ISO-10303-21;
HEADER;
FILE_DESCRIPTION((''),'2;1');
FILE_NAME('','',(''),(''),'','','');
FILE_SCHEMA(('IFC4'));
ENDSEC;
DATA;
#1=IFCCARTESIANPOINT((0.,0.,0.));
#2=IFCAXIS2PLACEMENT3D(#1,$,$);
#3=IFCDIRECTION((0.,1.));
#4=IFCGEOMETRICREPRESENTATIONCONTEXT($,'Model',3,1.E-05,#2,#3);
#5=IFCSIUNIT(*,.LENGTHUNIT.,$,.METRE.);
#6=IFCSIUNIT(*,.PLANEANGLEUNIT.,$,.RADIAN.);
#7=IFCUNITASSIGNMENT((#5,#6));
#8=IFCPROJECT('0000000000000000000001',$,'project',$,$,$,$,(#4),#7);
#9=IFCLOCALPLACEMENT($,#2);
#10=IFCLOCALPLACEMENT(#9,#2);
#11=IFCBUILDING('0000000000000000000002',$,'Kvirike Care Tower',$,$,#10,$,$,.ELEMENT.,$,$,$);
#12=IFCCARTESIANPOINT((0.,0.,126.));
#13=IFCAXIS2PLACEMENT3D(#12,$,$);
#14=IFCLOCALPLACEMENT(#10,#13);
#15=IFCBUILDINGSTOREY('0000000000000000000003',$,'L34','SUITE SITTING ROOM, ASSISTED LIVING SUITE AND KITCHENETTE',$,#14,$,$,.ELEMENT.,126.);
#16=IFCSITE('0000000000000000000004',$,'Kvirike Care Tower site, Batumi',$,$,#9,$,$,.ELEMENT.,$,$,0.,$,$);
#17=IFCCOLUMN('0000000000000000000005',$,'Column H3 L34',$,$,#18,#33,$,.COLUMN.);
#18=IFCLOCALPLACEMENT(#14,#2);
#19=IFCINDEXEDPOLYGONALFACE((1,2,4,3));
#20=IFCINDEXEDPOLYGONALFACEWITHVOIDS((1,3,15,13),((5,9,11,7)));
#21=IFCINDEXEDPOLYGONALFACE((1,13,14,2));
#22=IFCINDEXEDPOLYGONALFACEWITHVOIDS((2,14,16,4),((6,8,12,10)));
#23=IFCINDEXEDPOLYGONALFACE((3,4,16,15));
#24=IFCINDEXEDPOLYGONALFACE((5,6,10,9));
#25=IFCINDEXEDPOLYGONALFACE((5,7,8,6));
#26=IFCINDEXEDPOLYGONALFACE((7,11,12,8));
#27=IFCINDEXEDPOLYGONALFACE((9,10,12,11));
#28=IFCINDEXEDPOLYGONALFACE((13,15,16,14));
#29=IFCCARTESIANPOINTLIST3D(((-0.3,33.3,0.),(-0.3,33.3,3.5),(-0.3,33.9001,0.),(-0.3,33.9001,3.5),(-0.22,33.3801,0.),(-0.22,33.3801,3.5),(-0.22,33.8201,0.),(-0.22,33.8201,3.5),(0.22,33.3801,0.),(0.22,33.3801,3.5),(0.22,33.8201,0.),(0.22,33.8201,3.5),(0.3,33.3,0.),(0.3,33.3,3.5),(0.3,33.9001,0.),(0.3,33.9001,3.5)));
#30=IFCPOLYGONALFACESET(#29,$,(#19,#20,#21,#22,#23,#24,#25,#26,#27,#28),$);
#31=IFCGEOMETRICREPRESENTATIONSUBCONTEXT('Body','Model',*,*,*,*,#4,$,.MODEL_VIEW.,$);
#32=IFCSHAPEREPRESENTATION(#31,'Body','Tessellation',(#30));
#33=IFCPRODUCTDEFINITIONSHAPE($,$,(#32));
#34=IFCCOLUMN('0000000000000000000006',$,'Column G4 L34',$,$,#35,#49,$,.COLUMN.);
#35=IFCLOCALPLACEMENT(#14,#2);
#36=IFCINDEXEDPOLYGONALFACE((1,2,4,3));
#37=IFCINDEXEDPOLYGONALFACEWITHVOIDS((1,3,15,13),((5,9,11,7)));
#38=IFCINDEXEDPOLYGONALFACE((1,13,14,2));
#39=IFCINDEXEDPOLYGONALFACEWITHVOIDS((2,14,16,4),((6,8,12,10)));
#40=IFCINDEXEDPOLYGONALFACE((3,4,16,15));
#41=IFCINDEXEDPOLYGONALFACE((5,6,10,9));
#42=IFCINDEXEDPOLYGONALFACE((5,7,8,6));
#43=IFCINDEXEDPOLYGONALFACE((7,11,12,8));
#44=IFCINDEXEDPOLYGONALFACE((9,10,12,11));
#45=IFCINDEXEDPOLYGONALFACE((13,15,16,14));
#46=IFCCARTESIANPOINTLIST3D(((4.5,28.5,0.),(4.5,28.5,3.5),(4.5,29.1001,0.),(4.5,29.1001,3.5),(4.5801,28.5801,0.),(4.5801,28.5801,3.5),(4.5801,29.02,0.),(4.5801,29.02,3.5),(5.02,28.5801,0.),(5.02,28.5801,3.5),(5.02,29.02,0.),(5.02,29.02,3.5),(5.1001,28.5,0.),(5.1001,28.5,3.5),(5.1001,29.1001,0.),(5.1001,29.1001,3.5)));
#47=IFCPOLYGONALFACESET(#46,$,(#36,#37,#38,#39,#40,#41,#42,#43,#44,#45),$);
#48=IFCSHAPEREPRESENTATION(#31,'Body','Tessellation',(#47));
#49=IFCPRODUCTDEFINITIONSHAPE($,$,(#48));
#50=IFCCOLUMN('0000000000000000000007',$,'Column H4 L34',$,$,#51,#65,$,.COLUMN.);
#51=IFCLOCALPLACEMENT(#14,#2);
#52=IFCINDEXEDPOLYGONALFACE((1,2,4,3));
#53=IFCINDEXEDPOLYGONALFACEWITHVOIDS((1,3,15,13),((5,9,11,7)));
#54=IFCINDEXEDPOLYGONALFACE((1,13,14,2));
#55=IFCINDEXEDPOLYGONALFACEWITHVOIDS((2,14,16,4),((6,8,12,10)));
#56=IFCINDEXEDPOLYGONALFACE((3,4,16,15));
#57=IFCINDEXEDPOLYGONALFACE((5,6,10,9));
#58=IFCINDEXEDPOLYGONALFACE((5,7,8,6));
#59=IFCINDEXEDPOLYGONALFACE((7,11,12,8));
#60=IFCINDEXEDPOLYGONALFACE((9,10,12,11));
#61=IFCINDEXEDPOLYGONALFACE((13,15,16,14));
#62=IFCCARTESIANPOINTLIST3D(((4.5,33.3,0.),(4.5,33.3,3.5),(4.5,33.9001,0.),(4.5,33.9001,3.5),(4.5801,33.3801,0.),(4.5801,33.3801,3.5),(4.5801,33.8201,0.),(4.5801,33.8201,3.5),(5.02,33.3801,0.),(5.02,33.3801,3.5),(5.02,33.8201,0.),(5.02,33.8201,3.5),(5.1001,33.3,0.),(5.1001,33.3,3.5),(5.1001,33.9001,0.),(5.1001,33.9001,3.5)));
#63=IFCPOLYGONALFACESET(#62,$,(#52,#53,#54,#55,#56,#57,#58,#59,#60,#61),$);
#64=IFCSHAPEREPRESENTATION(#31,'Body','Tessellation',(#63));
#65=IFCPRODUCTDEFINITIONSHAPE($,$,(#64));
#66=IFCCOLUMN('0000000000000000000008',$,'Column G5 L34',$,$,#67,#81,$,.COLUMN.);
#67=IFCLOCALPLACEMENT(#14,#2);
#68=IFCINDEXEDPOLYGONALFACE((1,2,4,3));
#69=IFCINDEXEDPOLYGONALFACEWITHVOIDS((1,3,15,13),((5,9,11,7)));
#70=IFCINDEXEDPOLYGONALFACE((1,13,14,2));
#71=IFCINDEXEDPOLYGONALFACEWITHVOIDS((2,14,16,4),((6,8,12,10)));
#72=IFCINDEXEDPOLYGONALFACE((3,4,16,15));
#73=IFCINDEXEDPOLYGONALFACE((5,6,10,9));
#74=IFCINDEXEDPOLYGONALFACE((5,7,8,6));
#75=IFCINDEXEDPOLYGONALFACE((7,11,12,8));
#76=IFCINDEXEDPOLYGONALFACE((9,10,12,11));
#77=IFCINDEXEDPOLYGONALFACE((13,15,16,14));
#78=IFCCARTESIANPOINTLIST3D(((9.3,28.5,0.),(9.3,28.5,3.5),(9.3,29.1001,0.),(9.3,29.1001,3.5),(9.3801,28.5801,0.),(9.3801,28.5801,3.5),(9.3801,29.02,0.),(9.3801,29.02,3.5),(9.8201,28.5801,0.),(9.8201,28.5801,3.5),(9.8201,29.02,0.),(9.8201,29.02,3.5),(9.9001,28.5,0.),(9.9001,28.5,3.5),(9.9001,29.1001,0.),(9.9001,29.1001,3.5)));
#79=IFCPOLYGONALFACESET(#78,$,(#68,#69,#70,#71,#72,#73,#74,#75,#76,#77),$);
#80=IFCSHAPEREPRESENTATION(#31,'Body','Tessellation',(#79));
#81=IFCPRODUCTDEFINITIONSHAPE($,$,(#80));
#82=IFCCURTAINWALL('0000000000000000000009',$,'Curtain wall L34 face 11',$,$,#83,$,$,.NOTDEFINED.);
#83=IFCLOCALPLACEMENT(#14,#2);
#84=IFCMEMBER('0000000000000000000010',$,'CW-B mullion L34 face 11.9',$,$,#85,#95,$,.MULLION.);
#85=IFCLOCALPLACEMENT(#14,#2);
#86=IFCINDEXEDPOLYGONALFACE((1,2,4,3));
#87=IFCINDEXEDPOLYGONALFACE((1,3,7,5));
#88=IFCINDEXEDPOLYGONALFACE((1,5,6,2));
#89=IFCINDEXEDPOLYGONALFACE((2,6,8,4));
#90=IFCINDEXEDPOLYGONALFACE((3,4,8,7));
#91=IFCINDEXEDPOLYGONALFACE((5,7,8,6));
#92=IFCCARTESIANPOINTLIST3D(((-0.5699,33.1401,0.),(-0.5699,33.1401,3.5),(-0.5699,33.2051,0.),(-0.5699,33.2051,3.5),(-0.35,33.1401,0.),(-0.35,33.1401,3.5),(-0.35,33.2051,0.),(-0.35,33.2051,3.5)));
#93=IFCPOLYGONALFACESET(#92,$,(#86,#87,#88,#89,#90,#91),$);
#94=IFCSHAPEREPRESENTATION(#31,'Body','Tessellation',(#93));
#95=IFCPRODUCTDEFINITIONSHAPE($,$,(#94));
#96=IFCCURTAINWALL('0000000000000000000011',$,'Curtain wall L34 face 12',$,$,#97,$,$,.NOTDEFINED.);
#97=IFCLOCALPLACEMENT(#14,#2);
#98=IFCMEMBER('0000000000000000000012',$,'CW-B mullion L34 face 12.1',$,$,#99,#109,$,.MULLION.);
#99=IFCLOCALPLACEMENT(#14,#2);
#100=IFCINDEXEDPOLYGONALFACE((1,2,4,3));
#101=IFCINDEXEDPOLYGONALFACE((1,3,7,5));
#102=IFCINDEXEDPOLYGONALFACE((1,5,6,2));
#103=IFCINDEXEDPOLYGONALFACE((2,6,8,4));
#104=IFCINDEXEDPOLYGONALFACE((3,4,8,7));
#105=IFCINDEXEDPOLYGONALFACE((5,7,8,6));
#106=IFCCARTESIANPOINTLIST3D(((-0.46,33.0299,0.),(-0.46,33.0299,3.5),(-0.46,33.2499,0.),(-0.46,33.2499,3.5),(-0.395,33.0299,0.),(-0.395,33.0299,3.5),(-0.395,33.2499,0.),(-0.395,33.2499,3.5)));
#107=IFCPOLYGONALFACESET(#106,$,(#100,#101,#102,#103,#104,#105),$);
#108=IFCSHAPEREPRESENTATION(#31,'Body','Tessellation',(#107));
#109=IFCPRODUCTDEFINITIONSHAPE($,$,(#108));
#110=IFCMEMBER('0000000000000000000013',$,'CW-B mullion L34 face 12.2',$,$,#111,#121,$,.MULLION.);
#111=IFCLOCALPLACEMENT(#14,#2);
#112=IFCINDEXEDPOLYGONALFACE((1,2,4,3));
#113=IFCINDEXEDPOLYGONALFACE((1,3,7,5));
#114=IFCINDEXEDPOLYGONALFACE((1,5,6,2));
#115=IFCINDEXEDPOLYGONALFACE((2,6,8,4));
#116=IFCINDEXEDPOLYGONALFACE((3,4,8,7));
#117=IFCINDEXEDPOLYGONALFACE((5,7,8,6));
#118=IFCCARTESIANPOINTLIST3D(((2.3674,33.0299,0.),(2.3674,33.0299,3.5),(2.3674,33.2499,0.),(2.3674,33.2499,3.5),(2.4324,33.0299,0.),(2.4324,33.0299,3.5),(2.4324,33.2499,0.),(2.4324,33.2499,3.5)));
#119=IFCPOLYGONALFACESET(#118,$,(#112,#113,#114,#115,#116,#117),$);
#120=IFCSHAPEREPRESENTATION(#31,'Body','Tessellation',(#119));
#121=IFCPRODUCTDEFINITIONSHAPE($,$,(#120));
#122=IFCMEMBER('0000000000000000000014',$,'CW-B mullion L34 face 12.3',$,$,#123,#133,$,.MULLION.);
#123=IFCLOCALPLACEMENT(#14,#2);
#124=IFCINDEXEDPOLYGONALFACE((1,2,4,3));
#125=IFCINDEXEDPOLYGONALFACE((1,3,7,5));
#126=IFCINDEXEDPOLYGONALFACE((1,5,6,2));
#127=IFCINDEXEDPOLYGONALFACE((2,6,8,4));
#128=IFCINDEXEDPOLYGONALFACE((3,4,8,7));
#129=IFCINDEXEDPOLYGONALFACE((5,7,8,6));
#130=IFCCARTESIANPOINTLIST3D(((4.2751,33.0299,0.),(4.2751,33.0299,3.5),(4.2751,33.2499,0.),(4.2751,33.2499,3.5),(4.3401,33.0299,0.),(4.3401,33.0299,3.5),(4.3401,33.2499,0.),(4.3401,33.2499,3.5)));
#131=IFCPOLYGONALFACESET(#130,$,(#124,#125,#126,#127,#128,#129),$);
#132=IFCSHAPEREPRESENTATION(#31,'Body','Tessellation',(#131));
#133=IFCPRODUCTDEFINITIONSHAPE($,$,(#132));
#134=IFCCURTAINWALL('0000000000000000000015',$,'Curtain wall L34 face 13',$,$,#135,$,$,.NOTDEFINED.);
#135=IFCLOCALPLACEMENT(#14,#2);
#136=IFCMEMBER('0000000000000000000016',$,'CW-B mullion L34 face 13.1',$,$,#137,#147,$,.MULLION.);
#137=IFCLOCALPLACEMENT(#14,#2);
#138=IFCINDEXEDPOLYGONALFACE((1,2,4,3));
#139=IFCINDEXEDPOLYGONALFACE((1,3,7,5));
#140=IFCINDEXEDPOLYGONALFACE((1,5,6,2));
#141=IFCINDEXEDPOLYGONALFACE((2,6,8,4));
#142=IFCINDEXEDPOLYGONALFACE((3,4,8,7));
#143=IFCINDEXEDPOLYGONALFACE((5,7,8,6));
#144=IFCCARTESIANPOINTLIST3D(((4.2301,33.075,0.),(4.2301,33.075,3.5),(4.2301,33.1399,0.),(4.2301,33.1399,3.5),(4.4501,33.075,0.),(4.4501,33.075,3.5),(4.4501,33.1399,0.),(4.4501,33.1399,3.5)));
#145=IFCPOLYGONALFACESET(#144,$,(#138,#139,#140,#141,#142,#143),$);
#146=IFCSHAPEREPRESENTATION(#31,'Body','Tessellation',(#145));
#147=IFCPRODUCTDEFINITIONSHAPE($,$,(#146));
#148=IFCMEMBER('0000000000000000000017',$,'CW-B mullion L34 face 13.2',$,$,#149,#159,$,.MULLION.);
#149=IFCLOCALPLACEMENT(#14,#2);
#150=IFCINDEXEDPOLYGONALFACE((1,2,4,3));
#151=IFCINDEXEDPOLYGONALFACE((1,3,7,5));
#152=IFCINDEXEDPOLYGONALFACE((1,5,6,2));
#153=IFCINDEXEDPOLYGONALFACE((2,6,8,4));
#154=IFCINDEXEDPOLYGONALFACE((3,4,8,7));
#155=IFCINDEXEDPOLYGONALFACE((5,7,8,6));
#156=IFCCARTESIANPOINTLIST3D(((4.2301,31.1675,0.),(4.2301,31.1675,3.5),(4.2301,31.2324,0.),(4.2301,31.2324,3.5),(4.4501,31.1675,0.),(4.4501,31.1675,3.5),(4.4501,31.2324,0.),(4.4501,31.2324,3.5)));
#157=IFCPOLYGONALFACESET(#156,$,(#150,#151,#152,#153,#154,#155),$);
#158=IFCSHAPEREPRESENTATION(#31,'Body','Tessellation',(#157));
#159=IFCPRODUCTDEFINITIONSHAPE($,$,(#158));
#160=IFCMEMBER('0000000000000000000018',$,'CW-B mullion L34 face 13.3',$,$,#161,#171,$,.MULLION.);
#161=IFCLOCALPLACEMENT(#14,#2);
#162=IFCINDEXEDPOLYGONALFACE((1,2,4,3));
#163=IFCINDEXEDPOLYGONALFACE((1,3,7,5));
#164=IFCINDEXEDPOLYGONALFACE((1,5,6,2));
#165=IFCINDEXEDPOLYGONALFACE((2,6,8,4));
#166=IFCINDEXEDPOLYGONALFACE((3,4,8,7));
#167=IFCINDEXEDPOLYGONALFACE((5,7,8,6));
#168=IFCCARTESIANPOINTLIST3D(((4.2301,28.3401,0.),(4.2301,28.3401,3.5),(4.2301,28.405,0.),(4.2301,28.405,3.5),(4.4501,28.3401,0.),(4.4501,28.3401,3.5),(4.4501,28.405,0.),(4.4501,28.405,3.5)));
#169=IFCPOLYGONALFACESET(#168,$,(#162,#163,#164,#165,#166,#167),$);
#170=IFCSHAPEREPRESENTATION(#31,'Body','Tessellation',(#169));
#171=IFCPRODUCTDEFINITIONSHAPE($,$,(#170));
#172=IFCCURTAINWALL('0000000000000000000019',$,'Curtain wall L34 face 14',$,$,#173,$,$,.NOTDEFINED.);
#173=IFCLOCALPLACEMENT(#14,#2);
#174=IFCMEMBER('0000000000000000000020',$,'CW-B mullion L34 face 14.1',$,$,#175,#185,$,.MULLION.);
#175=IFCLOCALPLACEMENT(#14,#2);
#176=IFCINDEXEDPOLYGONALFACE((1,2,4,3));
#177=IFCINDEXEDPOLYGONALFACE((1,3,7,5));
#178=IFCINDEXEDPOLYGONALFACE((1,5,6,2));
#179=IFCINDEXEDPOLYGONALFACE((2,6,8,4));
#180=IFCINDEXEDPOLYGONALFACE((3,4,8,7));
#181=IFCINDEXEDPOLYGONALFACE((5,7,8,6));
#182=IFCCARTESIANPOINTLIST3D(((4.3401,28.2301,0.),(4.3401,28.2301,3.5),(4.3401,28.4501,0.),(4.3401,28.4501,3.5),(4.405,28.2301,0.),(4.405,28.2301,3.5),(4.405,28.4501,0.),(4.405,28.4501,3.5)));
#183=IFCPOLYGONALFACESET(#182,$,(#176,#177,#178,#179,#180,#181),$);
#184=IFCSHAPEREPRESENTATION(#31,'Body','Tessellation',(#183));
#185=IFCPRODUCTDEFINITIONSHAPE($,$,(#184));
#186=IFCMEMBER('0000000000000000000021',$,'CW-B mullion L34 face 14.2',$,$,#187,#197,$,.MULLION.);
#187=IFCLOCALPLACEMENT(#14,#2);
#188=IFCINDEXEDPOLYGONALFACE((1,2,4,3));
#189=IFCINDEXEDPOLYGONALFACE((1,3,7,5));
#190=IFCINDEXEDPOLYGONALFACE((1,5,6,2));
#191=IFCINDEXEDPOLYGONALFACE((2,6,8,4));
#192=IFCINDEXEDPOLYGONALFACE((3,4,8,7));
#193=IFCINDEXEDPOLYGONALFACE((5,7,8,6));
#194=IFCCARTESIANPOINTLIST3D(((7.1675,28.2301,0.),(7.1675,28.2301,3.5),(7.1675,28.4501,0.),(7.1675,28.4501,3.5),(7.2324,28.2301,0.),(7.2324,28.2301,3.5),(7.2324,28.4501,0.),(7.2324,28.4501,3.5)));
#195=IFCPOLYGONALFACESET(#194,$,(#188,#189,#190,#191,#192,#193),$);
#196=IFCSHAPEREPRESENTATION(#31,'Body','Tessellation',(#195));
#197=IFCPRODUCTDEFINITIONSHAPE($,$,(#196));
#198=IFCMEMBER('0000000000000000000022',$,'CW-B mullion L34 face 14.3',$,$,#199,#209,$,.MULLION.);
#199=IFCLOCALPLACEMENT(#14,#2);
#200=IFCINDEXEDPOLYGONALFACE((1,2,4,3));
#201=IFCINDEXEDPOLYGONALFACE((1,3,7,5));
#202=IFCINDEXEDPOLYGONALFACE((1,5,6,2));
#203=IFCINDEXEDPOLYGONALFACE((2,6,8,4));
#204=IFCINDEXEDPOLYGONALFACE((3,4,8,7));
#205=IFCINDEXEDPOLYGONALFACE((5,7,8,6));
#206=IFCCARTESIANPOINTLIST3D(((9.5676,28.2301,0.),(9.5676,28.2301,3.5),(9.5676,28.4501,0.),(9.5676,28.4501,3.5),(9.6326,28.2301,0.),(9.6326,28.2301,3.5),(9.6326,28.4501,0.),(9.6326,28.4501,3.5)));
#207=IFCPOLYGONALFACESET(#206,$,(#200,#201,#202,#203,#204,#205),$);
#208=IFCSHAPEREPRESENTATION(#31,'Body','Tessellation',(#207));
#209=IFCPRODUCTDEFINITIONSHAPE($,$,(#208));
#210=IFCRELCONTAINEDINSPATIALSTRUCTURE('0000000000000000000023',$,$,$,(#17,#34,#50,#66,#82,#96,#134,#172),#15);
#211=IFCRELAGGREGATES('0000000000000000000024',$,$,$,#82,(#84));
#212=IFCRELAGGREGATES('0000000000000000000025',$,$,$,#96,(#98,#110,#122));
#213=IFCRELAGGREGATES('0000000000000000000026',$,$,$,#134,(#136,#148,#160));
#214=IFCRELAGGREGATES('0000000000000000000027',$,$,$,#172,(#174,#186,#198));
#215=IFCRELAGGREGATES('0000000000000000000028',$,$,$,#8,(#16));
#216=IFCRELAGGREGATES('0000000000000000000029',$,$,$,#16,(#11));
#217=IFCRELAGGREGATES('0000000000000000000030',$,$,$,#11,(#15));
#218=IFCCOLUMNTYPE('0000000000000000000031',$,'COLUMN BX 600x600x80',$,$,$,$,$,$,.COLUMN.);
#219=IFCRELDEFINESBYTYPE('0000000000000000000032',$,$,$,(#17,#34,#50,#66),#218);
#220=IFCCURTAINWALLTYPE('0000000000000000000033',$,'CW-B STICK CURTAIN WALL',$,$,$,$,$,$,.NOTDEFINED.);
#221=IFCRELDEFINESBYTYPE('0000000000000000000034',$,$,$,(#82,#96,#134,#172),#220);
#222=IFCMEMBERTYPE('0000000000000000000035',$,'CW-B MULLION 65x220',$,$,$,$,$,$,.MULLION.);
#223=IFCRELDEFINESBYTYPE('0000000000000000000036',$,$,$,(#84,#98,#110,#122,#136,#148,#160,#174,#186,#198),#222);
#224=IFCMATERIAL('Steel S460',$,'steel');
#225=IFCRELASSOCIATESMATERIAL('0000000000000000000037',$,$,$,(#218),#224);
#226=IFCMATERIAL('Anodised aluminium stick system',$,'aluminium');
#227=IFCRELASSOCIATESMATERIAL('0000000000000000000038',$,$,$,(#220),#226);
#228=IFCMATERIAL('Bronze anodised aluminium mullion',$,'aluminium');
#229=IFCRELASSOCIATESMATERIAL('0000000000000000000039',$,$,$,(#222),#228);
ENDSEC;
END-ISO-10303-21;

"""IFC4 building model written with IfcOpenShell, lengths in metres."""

from ifc_helpers import new_model, si_unit, direction, frame, origin, origin_2d, place, context, subcontext, project, spatial, rectangle, hollow_rectangle, extrude, material, material_profile, profile_set, type_object, element, aggregate, save


model = new_model("IFC4")

# Units and contexts
model_context = context("Model", 3, precision=1e-05, world=origin(), true_north=direction((0.0, 1.0)))
body_context = subcontext(model_context, "Body", "Model", "MODEL_VIEW")
ifc_project = project(units=[si_unit("LENGTHUNIT", "METRE"), si_unit("PLANEANGLEUNIT", "RADIAN")], contexts=[model_context])

# Site, building, storey
site_placement = place(None, origin())
site = spatial("IfcSite", under=ifc_project, at=site_placement, Name="Kvirike Care Tower site, Batumi", CompositionType="ELEMENT", RefElevation=0.0)
building_placement = place(site_placement, origin())
building = spatial("IfcBuilding", under=site, at=building_placement, Name="Kvirike Care Tower", CompositionType="ELEMENT")
storey_placement = place(building_placement, frame((0.0, 0.0, 126.0)))
storey = spatial("IfcBuildingStorey", under=building, at=storey_placement, Name="L34", Description="SUITE SITTING ROOM, ASSISTED LIVING SUITE AND KITCHENETTE", CompositionType="ELEMENT", Elevation=126.0)

# Columns
ifc_material_1 = material(Name="Steel S460", Category="steel")
ifc_material_profile_1 = material_profile(ifc_material_1, hollow_rectangle(XDim=0.6001, YDim=0.6001, WallThickness=0.0801, at=origin_2d()), Name="BX 600x600x80")
ifc_profile_set_1 = profile_set([ifc_material_profile_1], Name="Steel S460")
column_type = type_object("IfcColumnType", Name="COLUMN BX 600x600x80", PredefinedType="COLUMN", material=ifc_profile_set_1)
for number, where, z_axis, x_axis, name in (
    (1, (0.0, 33.6001, 0.0), (0.0, 0.0, 1.0), (0.0, 1.0, 0.0), "Column H3 L34"),
    (2, (4.8, 28.8, 0.0), (0.0, 0.0, 1.0), (0.0, 1.0, 0.0), "Column G4 L34"),
    (3, (4.8, 33.6001, 0.0), (0.0, 0.0, 1.0), (0.0, 1.0, 0.0), "Column H4 L34"),
    (4, (9.6001, 28.8, 0.0), (0.0, 0.0, 1.0), (0.0, 1.0, 0.0), "Column G5 L34"),
):
    element("IfcColumn", number, at=place(storey_placement, frame(where, z_axis=z_axis, x_axis=x_axis)), inside=storey, type_object=column_type, Name=name, PredefinedType="COLUMN", context=body_context, shape_type="SweptSolid", body=[
        extrude(hollow_rectangle(XDim=0.6001, YDim=0.6001, WallThickness=0.0801, at=origin_2d()), origin(), (0.0, 0.0, 1.0), 3.5),
    ])

# Curtain wall, member
ifc_material_2 = material(Name="Anodised aluminium stick system", Category="aluminium")
curtain_wall_type = type_object("IfcCurtainWallType", Name="CW-B STICK CURTAIN WALL", PredefinedType="NOTDEFINED", material=ifc_material_2)
curtain_wall_1_placement = place(storey_placement, origin())
curtain_wall_1 = element("IfcCurtainWall", 5, at=curtain_wall_1_placement, inside=storey, type_object=curtain_wall_type, Name="Curtain wall L34 face 11", PredefinedType="NOTDEFINED")
ifc_material_3 = material(Name="Bronze anodised aluminium mullion", Category="aluminium")
ifc_material_profile_2 = material_profile(ifc_material_3, rectangle(XDim=0.0649, YDim=0.22, at=origin_2d()), Name="CW-B MULLION 65x220")
ifc_profile_set_2 = profile_set([ifc_material_profile_2], Name="Bronze anodised aluminium mullion")
member_type_1 = type_object("IfcMemberType", Name="CW-B MULLION 65x220", PredefinedType="MULLION", material=ifc_profile_set_2)
member_1_placement = place(storey_placement, frame((-0.46, 33.1726, 0.0), z_axis=(0.0, 0.0, 1.0), x_axis=(0.0, -1.0, 0.0)))
member_1 = element("IfcMember", 6, at=member_1_placement, type_object=member_type_1, Name="CW-B mullion L34 face 11.9", PredefinedType="MULLION", context=body_context, shape_type="SweptSolid", body=[
    extrude(rectangle(XDim=0.0649, YDim=0.22, at=origin_2d()), origin(), (0.0, 0.0, 1.0), 3.5),
])
aggregate(curtain_wall_1, [member_1])

# Curtain walls, members
curtain_wall_2_placement = place(storey_placement, origin())
curtain_wall_2 = element("IfcCurtainWall", 7, at=curtain_wall_2_placement, inside=storey, type_object=curtain_wall_type, Name="Curtain wall L34 face 12", PredefinedType="NOTDEFINED")
member_2_placement = place(storey_placement, frame((-0.4275, 33.1399, 0.0), z_axis=(0.0, 0.0, 1.0), x_axis=(1.0, 0.0, 0.0)))
member_2 = element("IfcMember", 8, at=member_2_placement, type_object=member_type_1, Name="CW-B mullion L34 face 12.1", PredefinedType="MULLION", context=body_context, shape_type="SweptSolid", body=[
    extrude(rectangle(XDim=0.0649, YDim=0.22, at=origin_2d()), origin(), (0.0, 0.0, 1.0), 3.5),
])
member_3_placement = place(storey_placement, frame((2.3999, 33.1399, 0.0), z_axis=(0.0, 0.0, 1.0), x_axis=(1.0, 0.0, 0.0)))
member_3 = element("IfcMember", 9, at=member_3_placement, type_object=member_type_1, Name="CW-B mullion L34 face 12.2", PredefinedType="MULLION", context=body_context, shape_type="SweptSolid", body=[
    extrude(rectangle(XDim=0.0649, YDim=0.22, at=origin_2d()), origin(), (0.0, 0.0, 1.0), 3.5),
])
member_4_placement = place(storey_placement, frame((4.3076, 33.1399, 0.0), z_axis=(0.0, 0.0, 1.0), x_axis=(1.0, 0.0, 0.0)))
member_4 = element("IfcMember", 10, at=member_4_placement, type_object=member_type_1, Name="CW-B mullion L34 face 12.3", PredefinedType="MULLION", context=body_context, shape_type="SweptSolid", body=[
    extrude(rectangle(XDim=0.0649, YDim=0.22, at=origin_2d()), origin(), (0.0, 0.0, 1.0), 3.5),
])
curtain_wall_3_placement = place(storey_placement, origin())
curtain_wall_3 = element("IfcCurtainWall", 11, at=curtain_wall_3_placement, inside=storey, type_object=curtain_wall_type, Name="Curtain wall L34 face 13", PredefinedType="NOTDEFINED")
member_5_placement = place(storey_placement, frame((4.3401, 33.1074, 0.0), z_axis=(0.0, 0.0, 1.0), x_axis=(0.0, -1.0, 0.0)))
member_5 = element("IfcMember", 12, at=member_5_placement, type_object=member_type_1, Name="CW-B mullion L34 face 13.1", PredefinedType="MULLION", context=body_context, shape_type="SweptSolid", body=[
    extrude(rectangle(XDim=0.0649, YDim=0.22, at=origin_2d()), origin(), (0.0, 0.0, 1.0), 3.5),
])
member_6_placement = place(storey_placement, frame((4.3401, 31.2, 0.0), z_axis=(0.0, 0.0, 1.0), x_axis=(0.0, -1.0, 0.0)))
member_6 = element("IfcMember", 13, at=member_6_placement, type_object=member_type_1, Name="CW-B mullion L34 face 13.2", PredefinedType="MULLION", context=body_context, shape_type="SweptSolid", body=[
    extrude(rectangle(XDim=0.0649, YDim=0.22, at=origin_2d()), origin(), (0.0, 0.0, 1.0), 3.5),
])
member_7_placement = place(storey_placement, frame((4.3401, 28.3726, 0.0), z_axis=(0.0, 0.0, 1.0), x_axis=(0.0, -1.0, 0.0)))
member_7 = element("IfcMember", 14, at=member_7_placement, type_object=member_type_1, Name="CW-B mullion L34 face 13.3", PredefinedType="MULLION", context=body_context, shape_type="SweptSolid", body=[
    extrude(rectangle(XDim=0.0649, YDim=0.22, at=origin_2d()), origin(), (0.0, 0.0, 1.0), 3.5),
])
curtain_wall_4_placement = place(storey_placement, origin())
curtain_wall_4 = element("IfcCurtainWall", 15, at=curtain_wall_4_placement, inside=storey, type_object=curtain_wall_type, Name="Curtain wall L34 face 14", PredefinedType="NOTDEFINED")
member_8_placement = place(storey_placement, frame((4.3726, 28.3401, 0.0), z_axis=(0.0, 0.0, 1.0), x_axis=(1.0, 0.0, 0.0)))
member_8 = element("IfcMember", 16, at=member_8_placement, type_object=member_type_1, Name="CW-B mullion L34 face 14.1", PredefinedType="MULLION", context=body_context, shape_type="SweptSolid", body=[
    extrude(rectangle(XDim=0.0649, YDim=0.22, at=origin_2d()), origin(), (0.0, 0.0, 1.0), 3.5),
])
member_9_placement = place(storey_placement, frame((7.2, 28.3401, 0.0), z_axis=(0.0, 0.0, 1.0), x_axis=(1.0, 0.0, 0.0)))
member_9 = element("IfcMember", 17, at=member_9_placement, type_object=member_type_1, Name="CW-B mullion L34 face 14.2", PredefinedType="MULLION", context=body_context, shape_type="SweptSolid", body=[
    extrude(rectangle(XDim=0.0649, YDim=0.22, at=origin_2d()), origin(), (0.0, 0.0, 1.0), 3.5),
])
member_10_placement = place(storey_placement, frame((9.6001, 28.3401, 0.0), z_axis=(0.0, 0.0, 1.0), x_axis=(1.0, 0.0, 0.0)))
member_10 = element("IfcMember", 18, at=member_10_placement, type_object=member_type_1, Name="CW-B mullion L34 face 14.3", PredefinedType="MULLION", context=body_context, shape_type="SweptSolid", body=[
    extrude(rectangle(XDim=0.0649, YDim=0.22, at=origin_2d()), origin(), (0.0, 0.0, 1.0), 3.5),
])

aggregate(curtain_wall_2, [member_2, member_3, member_4])
aggregate(curtain_wall_3, [member_5, member_6, member_7])
aggregate(curtain_wall_4, [member_8, member_9, member_10])

save(model, "model.ifc")
